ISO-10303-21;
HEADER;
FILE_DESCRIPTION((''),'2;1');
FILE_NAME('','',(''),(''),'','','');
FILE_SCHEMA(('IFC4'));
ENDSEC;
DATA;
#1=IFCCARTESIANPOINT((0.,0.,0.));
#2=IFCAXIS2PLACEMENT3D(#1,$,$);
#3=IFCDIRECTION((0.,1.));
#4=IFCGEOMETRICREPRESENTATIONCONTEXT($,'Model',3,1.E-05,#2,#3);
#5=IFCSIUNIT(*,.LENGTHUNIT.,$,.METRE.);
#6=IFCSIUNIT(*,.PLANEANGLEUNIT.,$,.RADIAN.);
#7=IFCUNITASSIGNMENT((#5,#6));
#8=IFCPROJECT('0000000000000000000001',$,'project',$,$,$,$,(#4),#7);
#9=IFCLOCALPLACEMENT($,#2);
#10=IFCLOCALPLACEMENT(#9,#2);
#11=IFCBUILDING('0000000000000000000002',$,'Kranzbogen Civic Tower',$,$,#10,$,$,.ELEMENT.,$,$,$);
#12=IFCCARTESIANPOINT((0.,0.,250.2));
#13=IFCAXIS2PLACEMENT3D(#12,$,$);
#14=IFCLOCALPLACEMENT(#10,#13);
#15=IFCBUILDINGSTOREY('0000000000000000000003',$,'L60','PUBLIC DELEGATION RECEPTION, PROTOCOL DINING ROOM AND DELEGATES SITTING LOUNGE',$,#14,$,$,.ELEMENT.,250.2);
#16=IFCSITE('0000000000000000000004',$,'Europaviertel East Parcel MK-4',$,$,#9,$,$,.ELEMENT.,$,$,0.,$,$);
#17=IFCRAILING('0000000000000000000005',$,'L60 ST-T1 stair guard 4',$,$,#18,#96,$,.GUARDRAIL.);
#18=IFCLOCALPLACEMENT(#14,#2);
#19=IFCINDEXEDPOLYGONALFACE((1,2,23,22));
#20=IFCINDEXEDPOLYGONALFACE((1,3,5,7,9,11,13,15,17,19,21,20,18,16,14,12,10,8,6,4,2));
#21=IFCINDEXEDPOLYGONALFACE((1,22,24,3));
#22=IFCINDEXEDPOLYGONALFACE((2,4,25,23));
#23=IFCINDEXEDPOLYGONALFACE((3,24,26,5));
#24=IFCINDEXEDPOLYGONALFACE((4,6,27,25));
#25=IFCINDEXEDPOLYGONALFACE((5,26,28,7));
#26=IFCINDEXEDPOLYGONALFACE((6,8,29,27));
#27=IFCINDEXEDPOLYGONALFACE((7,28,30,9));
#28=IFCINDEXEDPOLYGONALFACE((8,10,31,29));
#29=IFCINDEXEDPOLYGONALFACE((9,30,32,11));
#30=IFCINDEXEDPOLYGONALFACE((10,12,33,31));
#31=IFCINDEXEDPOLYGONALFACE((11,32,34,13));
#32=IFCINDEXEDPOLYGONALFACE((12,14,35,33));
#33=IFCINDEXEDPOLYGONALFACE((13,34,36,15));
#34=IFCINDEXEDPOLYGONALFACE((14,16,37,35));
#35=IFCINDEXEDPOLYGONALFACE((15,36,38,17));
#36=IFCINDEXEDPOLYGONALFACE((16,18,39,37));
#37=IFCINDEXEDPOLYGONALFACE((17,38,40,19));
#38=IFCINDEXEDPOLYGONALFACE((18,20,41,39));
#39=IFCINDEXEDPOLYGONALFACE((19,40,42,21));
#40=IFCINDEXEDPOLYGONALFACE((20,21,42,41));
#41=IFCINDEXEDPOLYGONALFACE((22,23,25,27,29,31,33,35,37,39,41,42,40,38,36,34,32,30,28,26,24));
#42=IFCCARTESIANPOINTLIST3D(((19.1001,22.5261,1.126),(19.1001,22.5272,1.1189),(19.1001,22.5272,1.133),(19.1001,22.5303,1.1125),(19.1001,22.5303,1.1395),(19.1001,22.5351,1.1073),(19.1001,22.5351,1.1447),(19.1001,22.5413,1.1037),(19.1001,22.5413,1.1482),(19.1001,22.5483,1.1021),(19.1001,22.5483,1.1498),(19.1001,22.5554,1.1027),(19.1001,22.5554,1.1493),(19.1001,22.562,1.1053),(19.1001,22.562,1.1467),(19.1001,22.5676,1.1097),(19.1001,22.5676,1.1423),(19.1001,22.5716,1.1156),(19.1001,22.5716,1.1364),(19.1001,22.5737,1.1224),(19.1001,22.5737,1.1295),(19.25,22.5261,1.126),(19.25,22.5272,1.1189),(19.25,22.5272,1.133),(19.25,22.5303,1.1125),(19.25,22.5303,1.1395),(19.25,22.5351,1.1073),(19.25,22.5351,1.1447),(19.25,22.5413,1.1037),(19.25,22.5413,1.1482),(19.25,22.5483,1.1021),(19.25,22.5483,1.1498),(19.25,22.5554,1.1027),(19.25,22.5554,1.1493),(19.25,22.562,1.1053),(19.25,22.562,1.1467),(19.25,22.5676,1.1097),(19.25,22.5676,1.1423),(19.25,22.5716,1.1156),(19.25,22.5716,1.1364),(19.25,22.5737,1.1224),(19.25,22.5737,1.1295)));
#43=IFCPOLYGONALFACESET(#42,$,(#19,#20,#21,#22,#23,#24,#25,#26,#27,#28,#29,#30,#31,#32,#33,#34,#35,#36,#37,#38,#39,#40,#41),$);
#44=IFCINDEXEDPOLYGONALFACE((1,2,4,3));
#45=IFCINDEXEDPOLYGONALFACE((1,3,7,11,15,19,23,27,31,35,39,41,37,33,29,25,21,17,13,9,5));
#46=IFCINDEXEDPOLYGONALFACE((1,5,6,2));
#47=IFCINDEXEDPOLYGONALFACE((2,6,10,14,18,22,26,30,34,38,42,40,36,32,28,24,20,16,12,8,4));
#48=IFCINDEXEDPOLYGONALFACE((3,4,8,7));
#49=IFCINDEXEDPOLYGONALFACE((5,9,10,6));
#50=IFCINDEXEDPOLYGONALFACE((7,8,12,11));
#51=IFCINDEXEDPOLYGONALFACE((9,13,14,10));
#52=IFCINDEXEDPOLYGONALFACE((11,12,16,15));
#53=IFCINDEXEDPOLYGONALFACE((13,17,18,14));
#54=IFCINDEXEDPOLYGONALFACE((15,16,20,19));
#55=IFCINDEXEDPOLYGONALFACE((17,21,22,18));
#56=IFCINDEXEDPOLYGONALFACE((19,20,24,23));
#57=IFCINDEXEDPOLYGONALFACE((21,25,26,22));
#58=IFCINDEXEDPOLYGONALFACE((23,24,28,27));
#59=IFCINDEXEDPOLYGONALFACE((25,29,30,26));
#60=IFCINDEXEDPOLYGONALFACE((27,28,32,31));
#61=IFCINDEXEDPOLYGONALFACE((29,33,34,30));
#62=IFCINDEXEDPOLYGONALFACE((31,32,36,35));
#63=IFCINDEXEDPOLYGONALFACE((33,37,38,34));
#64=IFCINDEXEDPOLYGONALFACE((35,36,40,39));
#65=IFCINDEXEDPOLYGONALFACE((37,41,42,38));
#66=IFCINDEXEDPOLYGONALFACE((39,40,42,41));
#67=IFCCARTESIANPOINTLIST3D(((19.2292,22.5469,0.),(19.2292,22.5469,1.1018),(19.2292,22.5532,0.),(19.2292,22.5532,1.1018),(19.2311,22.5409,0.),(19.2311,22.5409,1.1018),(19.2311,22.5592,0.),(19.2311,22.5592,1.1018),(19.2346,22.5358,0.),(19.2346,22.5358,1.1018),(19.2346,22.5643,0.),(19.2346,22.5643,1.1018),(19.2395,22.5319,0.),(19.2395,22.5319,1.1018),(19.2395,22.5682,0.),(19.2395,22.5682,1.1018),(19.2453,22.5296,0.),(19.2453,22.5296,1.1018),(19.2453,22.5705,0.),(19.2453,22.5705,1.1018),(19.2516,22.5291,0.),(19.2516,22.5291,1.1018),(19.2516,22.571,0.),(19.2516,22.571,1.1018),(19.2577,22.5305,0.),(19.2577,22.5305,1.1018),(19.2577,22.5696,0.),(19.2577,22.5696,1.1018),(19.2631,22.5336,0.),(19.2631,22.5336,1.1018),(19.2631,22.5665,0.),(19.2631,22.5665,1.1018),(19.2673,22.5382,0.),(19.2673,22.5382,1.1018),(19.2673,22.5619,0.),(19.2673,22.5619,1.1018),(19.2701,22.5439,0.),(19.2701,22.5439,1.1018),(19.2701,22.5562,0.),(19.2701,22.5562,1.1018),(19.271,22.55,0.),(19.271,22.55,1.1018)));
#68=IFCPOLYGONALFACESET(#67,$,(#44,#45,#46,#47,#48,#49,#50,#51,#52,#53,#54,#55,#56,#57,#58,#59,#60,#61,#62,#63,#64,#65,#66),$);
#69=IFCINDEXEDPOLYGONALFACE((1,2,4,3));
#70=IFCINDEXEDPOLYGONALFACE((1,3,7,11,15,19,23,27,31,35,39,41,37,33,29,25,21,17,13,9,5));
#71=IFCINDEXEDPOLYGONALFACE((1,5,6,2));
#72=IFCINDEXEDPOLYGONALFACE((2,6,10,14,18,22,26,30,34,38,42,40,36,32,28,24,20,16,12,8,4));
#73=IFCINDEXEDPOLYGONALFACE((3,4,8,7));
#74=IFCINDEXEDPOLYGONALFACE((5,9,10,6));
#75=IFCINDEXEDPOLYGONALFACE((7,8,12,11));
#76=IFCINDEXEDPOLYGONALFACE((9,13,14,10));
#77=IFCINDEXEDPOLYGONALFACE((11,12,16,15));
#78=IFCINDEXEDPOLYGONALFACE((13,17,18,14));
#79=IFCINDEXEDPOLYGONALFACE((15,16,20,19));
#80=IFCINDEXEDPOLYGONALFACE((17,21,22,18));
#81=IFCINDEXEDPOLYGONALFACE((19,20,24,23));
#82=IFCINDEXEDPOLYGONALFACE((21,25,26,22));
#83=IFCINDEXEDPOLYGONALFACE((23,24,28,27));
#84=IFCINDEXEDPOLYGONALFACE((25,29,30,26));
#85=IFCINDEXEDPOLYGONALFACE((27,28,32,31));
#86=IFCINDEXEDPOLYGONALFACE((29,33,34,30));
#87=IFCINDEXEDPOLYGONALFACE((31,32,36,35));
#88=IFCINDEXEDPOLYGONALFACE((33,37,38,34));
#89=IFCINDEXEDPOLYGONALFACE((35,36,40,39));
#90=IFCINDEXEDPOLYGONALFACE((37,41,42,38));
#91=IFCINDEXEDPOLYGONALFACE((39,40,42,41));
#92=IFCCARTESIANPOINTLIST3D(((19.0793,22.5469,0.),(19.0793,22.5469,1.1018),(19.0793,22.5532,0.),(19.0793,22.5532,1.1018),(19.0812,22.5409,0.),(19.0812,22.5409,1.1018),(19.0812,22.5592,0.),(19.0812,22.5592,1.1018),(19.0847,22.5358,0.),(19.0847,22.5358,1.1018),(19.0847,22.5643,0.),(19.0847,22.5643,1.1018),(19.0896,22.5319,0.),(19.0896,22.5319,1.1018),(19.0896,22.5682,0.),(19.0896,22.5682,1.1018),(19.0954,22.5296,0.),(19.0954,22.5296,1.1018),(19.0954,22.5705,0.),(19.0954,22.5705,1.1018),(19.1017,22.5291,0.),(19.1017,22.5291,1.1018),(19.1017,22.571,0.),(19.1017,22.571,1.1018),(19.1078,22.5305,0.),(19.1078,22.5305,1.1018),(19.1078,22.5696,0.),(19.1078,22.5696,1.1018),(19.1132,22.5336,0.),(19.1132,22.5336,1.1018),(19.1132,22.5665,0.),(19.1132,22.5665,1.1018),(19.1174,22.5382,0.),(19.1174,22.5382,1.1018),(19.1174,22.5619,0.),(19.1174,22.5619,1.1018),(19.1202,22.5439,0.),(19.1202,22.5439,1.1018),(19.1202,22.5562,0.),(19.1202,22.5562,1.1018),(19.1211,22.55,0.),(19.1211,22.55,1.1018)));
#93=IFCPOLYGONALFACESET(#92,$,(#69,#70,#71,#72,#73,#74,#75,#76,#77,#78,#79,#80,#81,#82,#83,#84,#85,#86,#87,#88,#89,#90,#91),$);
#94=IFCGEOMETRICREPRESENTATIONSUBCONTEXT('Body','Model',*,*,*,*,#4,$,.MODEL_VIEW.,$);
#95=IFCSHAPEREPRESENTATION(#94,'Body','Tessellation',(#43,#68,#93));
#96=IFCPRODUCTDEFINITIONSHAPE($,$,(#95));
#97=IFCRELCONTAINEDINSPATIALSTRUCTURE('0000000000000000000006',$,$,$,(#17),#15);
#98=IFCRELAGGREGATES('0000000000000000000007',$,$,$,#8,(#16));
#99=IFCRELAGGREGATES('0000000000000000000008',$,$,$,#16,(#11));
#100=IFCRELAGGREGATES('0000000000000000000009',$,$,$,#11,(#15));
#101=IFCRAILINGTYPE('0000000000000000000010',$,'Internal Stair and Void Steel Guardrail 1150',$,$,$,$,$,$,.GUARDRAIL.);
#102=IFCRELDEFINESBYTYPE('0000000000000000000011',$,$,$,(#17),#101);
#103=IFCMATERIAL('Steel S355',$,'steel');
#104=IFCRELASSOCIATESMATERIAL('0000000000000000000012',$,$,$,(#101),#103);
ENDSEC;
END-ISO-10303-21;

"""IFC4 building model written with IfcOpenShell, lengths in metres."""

from ifc_helpers import new_model, si_unit, direction, frame, origin, origin_2d, place, context, subcontext, project, spatial, circle, extrude, material, type_object, element, save


model = new_model("IFC4")

# Units and contexts
model_context = context("Model", 3, precision=1e-05, world=origin(), true_north=direction((0.0, 1.0)))
body_context = subcontext(model_context, "Body", "Model", "MODEL_VIEW")
ifc_project = project(units=[si_unit("LENGTHUNIT", "METRE"), si_unit("PLANEANGLEUNIT", "RADIAN")], contexts=[model_context])

# Site, building, storey
site_placement = place(None, origin())
site = spatial("IfcSite", under=ifc_project, at=site_placement, Name="Europaviertel East Parcel MK-4", CompositionType="ELEMENT", RefElevation=0.0)
building_placement = place(site_placement, origin())
building = spatial("IfcBuilding", under=site, at=building_placement, Name="Kranzbogen Civic Tower", CompositionType="ELEMENT")
storey_placement = place(building_placement, frame((0.0, 0.0, 250.2)))
storey = spatial("IfcBuildingStorey", under=building, at=storey_placement, Name="L60", Description="PUBLIC DELEGATION RECEPTION, PROTOCOL DINING ROOM AND DELEGATES SITTING LOUNGE", CompositionType="ELEMENT", Elevation=250.2)

# Shared definitions
ifc_material_1 = material(Name="Steel S355", Category="steel")

# Railing
railing_type_1 = type_object("IfcRailingType", Name="Internal Stair and Void Steel Guardrail 1150", PredefinedType="GUARDRAIL", material=ifc_material_1)
railing_1_placement = place(storey_placement, frame((19.25, 22.55, 0.0)))
element("IfcRailing", 1, at=railing_1_placement, inside=storey, type_object=railing_type_1, Name="L60 ST-T1 stair guard 4", PredefinedType="GUARDRAIL", context=body_context, shape_type="SweptSolid", body=[
    extrude(circle(Radius=0.0239, at=origin_2d()), frame((0.0, 0.0, 1.126), z_axis=(-1.0, 0.0, 0.0), x_axis=(0.0, -1.0, 0.0)), (0.0, 0.0, 1.0), 0.1499),
    extrude(circle(Radius=0.021, at=origin_2d()), origin(), (0.0, 0.0, 1.0), 1.1018),
    extrude(circle(Radius=0.021, at=origin_2d()), frame((-0.1499, 0.0, 0.0)), (0.0, 0.0, 1.0), 1.1018),
])

save(model, "model.ifc")
